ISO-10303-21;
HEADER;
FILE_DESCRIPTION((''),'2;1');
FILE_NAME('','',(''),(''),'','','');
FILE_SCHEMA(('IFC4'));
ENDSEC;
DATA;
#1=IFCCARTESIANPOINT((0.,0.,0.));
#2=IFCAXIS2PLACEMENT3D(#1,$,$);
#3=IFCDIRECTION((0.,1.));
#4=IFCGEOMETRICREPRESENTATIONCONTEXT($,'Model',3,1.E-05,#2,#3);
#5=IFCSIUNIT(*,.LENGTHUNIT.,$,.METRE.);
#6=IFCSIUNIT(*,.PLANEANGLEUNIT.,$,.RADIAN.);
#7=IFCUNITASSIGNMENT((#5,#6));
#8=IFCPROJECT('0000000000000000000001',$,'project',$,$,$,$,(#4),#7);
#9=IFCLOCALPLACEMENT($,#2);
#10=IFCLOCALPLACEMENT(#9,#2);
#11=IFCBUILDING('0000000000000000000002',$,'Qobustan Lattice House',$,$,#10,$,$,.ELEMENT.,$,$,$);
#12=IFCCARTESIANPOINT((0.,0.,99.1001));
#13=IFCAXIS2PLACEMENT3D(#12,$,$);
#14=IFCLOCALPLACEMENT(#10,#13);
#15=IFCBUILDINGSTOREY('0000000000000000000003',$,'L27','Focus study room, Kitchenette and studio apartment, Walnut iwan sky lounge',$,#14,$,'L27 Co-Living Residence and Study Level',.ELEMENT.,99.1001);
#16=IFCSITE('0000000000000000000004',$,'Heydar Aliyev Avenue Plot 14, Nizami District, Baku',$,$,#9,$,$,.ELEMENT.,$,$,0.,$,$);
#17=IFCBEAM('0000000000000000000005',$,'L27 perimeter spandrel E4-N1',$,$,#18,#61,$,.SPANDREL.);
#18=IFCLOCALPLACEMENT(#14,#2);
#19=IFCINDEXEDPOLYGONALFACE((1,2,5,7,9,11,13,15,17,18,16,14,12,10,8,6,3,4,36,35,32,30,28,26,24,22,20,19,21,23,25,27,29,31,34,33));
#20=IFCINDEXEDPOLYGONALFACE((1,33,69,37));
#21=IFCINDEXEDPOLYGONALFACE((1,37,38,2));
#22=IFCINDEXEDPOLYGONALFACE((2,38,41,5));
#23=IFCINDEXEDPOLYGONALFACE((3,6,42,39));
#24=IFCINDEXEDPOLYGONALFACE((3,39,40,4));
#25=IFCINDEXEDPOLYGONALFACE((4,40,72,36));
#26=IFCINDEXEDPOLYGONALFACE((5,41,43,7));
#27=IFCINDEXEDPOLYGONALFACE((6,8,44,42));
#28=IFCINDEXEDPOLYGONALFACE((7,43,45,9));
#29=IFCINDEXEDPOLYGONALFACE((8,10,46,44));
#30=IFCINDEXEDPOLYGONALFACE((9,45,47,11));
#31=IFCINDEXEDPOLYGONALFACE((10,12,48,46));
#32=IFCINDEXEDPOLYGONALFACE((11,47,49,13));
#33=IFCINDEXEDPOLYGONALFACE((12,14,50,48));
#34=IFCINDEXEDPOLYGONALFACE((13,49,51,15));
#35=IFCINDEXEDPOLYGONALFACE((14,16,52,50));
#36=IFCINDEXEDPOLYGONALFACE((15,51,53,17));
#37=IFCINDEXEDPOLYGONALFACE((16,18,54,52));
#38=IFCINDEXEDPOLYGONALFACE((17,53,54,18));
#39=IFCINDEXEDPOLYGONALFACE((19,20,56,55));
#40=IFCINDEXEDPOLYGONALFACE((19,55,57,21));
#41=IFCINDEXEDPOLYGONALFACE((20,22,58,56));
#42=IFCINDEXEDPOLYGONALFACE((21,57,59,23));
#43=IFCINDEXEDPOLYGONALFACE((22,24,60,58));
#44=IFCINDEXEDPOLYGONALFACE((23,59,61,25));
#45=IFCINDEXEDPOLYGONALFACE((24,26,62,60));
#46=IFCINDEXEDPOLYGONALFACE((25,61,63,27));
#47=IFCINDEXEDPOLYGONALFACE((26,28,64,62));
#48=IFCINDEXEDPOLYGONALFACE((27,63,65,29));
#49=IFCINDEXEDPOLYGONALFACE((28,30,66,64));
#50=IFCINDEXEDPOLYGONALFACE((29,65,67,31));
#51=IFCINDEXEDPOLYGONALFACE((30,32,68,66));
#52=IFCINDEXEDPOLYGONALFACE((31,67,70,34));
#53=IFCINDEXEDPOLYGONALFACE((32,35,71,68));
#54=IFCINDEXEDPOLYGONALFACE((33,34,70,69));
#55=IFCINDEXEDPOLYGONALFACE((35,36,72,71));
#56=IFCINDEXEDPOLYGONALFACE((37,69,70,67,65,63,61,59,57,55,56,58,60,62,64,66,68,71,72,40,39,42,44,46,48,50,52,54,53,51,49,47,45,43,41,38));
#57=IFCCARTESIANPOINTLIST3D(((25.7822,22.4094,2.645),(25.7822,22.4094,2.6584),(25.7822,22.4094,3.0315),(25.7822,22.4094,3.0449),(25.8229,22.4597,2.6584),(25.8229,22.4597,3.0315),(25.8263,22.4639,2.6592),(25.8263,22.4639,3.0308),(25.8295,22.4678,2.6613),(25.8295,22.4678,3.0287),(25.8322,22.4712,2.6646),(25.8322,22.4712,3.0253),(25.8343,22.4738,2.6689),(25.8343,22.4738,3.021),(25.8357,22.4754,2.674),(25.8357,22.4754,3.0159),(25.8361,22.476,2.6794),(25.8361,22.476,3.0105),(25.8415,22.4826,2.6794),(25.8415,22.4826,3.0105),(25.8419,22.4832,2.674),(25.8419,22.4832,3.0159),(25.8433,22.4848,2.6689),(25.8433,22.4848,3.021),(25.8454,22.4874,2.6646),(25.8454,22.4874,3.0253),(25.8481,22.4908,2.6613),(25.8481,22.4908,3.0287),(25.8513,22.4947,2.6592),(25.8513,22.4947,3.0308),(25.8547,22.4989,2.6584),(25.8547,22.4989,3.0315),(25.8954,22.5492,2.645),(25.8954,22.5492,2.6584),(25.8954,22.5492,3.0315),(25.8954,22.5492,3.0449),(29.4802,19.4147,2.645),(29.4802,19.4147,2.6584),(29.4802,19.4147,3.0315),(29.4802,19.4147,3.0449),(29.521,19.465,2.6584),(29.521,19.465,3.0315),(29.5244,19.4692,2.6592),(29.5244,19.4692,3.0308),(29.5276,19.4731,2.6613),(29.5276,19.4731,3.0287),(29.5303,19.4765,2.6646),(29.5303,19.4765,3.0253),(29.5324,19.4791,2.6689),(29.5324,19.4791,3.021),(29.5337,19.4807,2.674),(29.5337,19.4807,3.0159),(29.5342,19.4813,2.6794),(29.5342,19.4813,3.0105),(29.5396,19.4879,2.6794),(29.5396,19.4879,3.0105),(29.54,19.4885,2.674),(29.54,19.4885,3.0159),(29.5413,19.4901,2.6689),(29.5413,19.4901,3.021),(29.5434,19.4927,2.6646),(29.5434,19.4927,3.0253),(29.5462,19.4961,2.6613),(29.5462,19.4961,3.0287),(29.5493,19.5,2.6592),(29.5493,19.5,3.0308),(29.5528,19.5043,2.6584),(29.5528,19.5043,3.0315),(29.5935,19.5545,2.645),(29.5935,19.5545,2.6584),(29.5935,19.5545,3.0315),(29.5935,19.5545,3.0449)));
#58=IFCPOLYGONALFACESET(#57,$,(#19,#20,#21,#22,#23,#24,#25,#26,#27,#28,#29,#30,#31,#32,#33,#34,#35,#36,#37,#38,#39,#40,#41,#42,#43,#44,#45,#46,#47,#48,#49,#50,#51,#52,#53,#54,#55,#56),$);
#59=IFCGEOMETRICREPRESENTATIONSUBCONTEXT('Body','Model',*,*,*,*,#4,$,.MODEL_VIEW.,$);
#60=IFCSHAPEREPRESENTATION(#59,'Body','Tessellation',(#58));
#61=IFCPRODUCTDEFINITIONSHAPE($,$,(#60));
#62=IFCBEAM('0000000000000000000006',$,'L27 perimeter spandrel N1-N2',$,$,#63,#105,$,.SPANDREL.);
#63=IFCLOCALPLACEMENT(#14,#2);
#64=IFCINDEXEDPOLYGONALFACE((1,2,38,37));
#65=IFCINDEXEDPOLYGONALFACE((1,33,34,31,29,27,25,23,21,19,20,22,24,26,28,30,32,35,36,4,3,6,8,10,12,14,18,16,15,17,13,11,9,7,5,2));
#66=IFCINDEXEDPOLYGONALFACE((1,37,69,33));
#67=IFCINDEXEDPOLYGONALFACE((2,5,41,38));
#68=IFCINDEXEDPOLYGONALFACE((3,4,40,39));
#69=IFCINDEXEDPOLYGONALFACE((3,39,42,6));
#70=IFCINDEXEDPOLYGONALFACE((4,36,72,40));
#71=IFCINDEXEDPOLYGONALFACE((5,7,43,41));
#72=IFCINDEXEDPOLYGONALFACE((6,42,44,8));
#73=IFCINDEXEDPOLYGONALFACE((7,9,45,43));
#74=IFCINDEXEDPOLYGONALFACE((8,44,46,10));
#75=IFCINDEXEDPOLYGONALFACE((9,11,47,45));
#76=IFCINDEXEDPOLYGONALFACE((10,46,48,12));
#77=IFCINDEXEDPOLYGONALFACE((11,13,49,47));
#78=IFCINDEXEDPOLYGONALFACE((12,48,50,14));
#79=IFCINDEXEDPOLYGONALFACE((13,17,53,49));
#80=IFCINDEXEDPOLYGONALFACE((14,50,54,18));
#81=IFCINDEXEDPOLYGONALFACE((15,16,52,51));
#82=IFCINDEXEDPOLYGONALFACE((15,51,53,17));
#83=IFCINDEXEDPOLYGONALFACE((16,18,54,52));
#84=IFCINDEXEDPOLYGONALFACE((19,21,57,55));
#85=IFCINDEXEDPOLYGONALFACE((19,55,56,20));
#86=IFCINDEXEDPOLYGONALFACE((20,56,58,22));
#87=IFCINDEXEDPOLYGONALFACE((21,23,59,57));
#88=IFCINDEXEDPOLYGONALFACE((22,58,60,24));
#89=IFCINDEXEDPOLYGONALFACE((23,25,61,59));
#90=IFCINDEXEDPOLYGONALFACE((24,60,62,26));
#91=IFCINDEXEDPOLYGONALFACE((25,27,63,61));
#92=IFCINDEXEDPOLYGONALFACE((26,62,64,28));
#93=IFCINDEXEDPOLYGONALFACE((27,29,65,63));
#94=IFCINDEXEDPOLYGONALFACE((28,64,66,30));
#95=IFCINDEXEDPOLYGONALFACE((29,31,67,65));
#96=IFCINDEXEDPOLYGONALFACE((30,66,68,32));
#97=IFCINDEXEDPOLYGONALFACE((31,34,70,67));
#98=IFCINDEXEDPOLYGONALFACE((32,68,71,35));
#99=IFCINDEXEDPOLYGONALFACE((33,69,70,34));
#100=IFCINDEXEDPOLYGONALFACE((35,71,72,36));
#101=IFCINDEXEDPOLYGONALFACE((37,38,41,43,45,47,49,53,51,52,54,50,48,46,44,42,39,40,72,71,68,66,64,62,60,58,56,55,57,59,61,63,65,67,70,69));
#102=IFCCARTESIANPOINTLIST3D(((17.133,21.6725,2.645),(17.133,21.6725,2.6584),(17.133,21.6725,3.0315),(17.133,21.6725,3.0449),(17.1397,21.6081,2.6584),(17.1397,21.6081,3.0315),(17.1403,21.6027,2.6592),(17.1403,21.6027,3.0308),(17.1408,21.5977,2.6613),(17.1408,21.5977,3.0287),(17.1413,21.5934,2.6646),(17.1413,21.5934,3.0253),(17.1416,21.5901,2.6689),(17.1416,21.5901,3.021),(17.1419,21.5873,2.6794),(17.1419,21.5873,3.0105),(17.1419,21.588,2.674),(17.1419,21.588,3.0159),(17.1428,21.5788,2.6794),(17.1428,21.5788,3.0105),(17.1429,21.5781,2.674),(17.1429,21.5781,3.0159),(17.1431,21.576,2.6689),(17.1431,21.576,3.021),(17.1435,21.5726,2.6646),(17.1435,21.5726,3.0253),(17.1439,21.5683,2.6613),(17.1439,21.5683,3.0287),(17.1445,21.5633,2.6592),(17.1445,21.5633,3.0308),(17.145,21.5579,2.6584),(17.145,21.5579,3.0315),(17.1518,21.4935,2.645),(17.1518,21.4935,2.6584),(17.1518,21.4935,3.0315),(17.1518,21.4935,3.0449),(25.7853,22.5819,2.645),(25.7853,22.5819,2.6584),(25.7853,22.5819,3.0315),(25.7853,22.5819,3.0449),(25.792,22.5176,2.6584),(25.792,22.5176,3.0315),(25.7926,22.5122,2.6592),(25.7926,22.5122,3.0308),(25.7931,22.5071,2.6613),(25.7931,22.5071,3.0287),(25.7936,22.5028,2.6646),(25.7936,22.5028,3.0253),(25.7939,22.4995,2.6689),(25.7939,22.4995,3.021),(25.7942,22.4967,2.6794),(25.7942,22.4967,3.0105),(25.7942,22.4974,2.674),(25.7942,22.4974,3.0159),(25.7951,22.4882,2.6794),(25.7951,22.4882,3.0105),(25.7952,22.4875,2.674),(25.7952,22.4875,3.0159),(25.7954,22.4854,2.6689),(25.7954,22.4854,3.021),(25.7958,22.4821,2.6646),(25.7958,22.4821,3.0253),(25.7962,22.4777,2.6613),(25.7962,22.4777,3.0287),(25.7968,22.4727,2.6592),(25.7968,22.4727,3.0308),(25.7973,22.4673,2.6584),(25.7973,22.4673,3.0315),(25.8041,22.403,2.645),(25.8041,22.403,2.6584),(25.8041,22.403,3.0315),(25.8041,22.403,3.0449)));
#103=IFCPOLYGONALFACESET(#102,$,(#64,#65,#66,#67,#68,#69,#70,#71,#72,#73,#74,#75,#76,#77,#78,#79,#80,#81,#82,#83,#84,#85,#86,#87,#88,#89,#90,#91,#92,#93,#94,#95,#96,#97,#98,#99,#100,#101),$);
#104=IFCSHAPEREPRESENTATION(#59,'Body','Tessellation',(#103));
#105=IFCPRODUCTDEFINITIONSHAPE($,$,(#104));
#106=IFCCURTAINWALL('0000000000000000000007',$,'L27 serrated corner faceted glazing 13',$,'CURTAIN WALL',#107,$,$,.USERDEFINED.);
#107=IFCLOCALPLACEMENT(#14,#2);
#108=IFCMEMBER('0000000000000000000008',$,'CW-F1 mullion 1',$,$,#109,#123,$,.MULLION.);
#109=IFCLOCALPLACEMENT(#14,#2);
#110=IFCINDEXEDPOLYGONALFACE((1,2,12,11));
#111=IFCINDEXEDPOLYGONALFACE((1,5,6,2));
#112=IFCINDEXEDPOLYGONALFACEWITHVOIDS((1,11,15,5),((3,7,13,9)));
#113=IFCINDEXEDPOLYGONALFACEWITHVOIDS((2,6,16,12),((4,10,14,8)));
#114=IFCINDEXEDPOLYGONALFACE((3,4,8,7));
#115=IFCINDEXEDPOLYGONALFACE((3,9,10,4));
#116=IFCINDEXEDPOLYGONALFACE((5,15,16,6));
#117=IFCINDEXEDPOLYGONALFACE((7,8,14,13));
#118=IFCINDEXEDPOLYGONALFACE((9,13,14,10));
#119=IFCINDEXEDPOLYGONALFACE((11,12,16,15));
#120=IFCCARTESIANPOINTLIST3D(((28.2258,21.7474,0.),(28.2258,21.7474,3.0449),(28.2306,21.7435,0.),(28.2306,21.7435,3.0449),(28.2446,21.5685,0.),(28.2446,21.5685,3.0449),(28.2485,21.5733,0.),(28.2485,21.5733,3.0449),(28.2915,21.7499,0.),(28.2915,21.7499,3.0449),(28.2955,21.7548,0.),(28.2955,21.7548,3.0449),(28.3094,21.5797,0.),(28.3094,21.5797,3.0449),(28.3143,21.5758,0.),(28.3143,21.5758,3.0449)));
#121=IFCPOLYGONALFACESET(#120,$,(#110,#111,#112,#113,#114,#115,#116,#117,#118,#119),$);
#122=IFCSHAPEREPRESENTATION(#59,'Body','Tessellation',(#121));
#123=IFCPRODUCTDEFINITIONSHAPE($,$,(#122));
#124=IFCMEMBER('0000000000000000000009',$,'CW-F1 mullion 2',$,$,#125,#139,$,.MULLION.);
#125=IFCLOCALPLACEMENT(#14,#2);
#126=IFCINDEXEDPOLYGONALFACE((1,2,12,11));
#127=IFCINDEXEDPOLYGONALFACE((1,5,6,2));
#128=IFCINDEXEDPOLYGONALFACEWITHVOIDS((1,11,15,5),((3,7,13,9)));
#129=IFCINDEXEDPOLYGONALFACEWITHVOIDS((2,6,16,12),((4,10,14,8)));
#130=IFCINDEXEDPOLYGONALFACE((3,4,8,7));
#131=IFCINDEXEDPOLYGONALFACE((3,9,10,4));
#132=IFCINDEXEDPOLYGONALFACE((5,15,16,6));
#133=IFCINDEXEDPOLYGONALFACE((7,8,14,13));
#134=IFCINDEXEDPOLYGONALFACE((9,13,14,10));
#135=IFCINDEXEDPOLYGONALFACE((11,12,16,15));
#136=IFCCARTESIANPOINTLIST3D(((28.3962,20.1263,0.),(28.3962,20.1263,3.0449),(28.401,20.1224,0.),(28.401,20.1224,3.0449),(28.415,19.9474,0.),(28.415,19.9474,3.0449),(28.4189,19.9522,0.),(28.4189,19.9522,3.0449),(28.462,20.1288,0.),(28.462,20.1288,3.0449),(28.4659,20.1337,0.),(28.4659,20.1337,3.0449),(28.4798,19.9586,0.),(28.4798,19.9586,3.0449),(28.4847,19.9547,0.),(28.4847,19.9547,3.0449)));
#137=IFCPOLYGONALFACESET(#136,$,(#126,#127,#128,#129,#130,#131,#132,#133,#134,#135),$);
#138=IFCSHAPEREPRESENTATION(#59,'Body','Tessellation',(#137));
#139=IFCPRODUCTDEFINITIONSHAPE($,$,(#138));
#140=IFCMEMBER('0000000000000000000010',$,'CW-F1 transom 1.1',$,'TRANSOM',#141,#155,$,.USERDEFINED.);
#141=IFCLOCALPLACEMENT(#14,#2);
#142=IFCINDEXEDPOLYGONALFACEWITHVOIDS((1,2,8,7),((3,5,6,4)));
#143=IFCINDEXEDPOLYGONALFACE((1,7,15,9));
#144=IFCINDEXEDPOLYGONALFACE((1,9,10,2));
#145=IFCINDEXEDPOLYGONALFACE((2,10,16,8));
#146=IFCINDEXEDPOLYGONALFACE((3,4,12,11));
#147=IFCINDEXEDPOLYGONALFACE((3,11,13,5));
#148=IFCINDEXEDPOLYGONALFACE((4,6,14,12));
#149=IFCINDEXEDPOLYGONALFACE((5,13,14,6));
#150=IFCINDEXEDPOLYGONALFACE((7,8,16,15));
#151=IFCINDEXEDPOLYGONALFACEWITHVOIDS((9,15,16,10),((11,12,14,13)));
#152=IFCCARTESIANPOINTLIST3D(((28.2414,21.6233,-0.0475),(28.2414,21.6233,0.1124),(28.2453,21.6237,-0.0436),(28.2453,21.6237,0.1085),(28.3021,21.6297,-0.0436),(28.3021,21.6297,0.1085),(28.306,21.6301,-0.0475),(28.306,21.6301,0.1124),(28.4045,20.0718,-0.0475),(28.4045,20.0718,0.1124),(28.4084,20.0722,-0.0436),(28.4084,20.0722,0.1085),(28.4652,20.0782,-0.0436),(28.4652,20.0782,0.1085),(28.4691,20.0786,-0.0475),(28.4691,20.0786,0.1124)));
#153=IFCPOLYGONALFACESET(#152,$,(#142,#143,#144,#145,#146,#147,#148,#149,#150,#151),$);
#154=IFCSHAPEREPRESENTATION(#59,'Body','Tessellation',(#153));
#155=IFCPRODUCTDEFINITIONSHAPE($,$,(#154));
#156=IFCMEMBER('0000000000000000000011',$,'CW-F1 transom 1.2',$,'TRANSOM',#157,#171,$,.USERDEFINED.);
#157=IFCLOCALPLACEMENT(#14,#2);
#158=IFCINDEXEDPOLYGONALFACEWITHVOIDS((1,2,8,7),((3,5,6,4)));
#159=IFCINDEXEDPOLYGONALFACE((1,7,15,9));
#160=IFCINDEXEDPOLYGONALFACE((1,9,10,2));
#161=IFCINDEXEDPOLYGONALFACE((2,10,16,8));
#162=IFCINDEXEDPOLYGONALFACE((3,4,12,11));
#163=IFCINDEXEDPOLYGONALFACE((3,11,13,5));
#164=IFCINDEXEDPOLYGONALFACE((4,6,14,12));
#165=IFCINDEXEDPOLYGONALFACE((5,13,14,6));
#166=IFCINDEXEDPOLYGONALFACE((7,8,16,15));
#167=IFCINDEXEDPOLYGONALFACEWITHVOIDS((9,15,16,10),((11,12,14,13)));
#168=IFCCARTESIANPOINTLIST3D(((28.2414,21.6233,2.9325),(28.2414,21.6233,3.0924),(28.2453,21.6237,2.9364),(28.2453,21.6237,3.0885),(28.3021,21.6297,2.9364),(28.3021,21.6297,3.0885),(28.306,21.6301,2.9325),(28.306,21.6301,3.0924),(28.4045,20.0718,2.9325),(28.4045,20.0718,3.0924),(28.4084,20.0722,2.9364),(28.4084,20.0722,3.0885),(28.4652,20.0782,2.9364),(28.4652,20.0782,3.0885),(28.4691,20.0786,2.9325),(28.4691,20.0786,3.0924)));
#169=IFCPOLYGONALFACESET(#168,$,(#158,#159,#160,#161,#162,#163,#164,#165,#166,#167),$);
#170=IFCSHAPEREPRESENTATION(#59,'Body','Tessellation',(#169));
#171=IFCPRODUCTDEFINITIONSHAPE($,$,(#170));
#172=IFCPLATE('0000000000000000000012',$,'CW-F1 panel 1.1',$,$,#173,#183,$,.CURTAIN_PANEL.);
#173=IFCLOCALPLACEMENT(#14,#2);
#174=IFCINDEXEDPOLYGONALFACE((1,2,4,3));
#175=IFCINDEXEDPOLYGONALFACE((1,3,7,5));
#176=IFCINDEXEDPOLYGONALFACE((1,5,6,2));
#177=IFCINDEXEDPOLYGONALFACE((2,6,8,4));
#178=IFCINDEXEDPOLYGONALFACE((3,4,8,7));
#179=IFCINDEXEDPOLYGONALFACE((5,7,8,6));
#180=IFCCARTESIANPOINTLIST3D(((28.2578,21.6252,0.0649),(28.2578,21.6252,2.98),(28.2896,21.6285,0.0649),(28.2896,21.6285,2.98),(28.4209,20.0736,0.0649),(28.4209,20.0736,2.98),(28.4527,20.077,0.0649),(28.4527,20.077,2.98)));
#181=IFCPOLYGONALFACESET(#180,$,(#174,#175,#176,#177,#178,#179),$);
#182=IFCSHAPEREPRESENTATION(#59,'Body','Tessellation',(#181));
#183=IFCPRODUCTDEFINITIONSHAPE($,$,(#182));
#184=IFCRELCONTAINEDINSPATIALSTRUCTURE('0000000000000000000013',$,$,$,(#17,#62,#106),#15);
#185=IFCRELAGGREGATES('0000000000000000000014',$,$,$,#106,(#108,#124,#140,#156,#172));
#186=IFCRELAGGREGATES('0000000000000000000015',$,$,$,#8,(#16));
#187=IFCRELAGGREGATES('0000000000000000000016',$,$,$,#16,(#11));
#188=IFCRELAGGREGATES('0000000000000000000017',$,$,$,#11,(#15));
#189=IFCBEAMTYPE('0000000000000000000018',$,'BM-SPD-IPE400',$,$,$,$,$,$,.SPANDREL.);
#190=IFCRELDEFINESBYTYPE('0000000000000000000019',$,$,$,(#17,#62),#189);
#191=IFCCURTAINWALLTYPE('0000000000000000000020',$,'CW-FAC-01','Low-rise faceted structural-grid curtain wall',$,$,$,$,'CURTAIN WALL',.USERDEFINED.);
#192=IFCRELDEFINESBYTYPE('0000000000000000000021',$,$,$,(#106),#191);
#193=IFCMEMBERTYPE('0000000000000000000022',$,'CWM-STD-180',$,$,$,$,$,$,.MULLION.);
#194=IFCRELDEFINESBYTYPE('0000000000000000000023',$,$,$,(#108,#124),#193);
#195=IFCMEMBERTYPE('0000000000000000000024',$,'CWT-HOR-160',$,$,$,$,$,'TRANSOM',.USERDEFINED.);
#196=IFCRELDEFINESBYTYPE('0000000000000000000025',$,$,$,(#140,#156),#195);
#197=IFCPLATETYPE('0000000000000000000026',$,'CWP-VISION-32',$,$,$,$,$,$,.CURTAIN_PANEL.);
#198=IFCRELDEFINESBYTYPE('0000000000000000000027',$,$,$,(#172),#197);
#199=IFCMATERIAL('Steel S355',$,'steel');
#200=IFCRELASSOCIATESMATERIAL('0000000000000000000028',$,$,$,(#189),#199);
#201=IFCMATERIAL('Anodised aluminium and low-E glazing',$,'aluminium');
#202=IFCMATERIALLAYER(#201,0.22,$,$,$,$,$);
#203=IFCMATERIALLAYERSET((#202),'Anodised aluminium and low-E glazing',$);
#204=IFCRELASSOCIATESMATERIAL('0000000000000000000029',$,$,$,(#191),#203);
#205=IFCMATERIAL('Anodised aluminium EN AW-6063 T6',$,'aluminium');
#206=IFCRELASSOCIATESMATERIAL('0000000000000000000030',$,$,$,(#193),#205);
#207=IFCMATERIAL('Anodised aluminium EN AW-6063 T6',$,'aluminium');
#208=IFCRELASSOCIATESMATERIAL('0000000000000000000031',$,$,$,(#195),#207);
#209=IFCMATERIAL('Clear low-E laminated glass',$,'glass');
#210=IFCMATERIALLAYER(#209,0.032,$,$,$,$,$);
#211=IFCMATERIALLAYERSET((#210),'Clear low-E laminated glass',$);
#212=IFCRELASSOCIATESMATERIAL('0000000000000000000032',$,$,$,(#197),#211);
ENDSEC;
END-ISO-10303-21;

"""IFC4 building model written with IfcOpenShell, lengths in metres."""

from ifc_helpers import new_model, si_unit, direction, frame, origin, origin_2d, place, context, subcontext, project, spatial, rectangle, hollow_rectangle, i_section, extrude, material, layer, layer_set, material_profile, profile_set, type_object, element, aggregate, save


model = new_model("IFC4")

# Units and contexts
model_context = context("Model", 3, precision=1e-05, world=origin(), true_north=direction((0.0, 1.0)))
body_context = subcontext(model_context, "Body", "Model", "MODEL_VIEW")
ifc_project = project(units=[si_unit("LENGTHUNIT", "METRE"), si_unit("PLANEANGLEUNIT", "RADIAN")], contexts=[model_context])

# Site, building, storey
site_placement = place(None, origin())
site = spatial("IfcSite", under=ifc_project, at=site_placement, Name="Heydar Aliyev Avenue Plot 14, Nizami District, Baku", CompositionType="ELEMENT", RefElevation=0.0)
building_placement = place(site_placement, origin())
building = spatial("IfcBuilding", under=site, at=building_placement, Name="Qobustan Lattice House", CompositionType="ELEMENT")
storey_placement = place(building_placement, frame((0.0, 0.0, 99.1001)))
storey = spatial("IfcBuildingStorey", under=building, at=storey_placement, Name="L27", Description="Focus study room, Kitchenette and studio apartment, Walnut iwan sky lounge", LongName="L27 Co-Living Residence and Study Level", CompositionType="ELEMENT", Elevation=99.1001)

# Beams
ifc_material_1 = material(Name="Steel S355", Category="steel")
ifc_material_profile_1 = material_profile(ifc_material_1, i_section(OverallWidth=0.1799, OverallDepth=0.3999, WebThickness=0.0085, FlangeThickness=0.0134, FilletRadius=0.021, at=origin_2d()), Name="IPE400")
ifc_profile_set_1 = profile_set([ifc_material_profile_1], Name="Steel S355")
beam_type_1 = type_object("IfcBeamType", Name="BM-SPD-IPE400", PredefinedType="SPANDREL", material=ifc_profile_set_1)
beam_1_placement = place(storey_placement, frame((29.5369, 19.4846, 2.845), z_axis=(-0.777141, 0.629327, 0.0), x_axis=(-0.629327, -0.777141, 0.0)))
element("IfcBeam", 1, at=beam_1_placement, inside=storey, type_object=beam_type_1, Name="L27 perimeter spandrel E4-N1", PredefinedType="SPANDREL", context=body_context, shape_type="SweptSolid", body=[
    extrude(i_section(OverallWidth=0.1799, OverallDepth=0.3999, WebThickness=0.0085, FlangeThickness=0.0134, FilletRadius=0.021, at=origin_2d()), origin(), (0.0, 0.0, 1.0), 4.7585),
])
beam_2_placement = place(storey_placement, frame((25.7947, 22.4924, 2.845), z_axis=(-0.994522, -0.104531, 0.0), x_axis=(0.104531, -0.994522, 0.0)))
element("IfcBeam", 2, at=beam_2_placement, inside=storey, type_object=beam_type_1, Name="L27 perimeter spandrel N1-N2", PredefinedType="SPANDREL", context=body_context, shape_type="SweptSolid", body=[
    extrude(i_section(OverallWidth=0.1799, OverallDepth=0.3999, WebThickness=0.0085, FlangeThickness=0.0134, FilletRadius=0.021, at=origin_2d()), origin(), (0.0, 0.0, 1.0), 8.7),
])

# Curtain wall, members, plate
ifc_material_2 = material(Name="Anodised aluminium and low-E glazing", Category="aluminium")
ifc_layer_1 = layer(ifc_material_2, 0.22)
ifc_layer_set_1 = layer_set([ifc_layer_1], Name="Anodised aluminium and low-E glazing")
curtain_wall_type = type_object("IfcCurtainWallType", Name="CW-FAC-01", Description="Low-rise faceted structural-grid curtain wall", ElementType="CURTAIN WALL", PredefinedType="USERDEFINED", material=ifc_layer_set_1)
curtain_wall_placement = place(storey_placement, origin())
curtain_wall = element("IfcCurtainWall", 3, at=curtain_wall_placement, inside=storey, type_object=curtain_wall_type, Name="L27 serrated corner faceted glazing 13", ObjectType="CURTAIN WALL", PredefinedType="USERDEFINED")
ifc_material_3 = material(Name="Anodised aluminium EN AW-6063 T6", Category="aluminium")
ifc_material_profile_2 = material_profile(ifc_material_3, hollow_rectangle(XDim=0.0701, YDim=0.1799, WallThickness=0.0044, at=origin_2d()), Name="CWM-180x70")
ifc_profile_set_2 = profile_set([ifc_material_profile_2], Name="Anodised aluminium EN AW-6063 T6")
member_type_1 = type_object("IfcMemberType", Name="CWM-STD-180", PredefinedType="MULLION", material=ifc_profile_set_2)
member_1_placement = place(storey_placement, frame((28.27, 21.6616, 0.0), z_axis=(0.0, 0.0, 1.0), x_axis=(0.994522, 0.104529, 0.0)))
member_1 = element("IfcMember", 4, at=member_1_placement, type_object=member_type_1, Name="CW-F1 mullion 1", PredefinedType="MULLION", context=body_context, shape_type="SweptSolid", body=[
    extrude(hollow_rectangle(XDim=0.0701, YDim=0.1799, WallThickness=0.0044, at=origin_2d()), origin(), (0.0, 0.0, 1.0), 3.0449),
])
member_2_placement = place(storey_placement, frame((28.4404, 20.0405, 0.0), z_axis=(0.0, 0.0, 1.0), x_axis=(0.994522, 0.104529, 0.0)))
member_2 = element("IfcMember", 5, at=member_2_placement, type_object=member_type_1, Name="CW-F1 mullion 2", PredefinedType="MULLION", context=body_context, shape_type="SweptSolid", body=[
    extrude(hollow_rectangle(XDim=0.0701, YDim=0.1799, WallThickness=0.0044, at=origin_2d()), origin(), (0.0, 0.0, 1.0), 3.0449),
])
ifc_material_4 = material(Name="Anodised aluminium EN AW-6063 T6", Category="aluminium")
ifc_material_profile_3 = material_profile(ifc_material_4, hollow_rectangle(XDim=0.0649, YDim=0.1599, WallThickness=0.0039, at=origin_2d()), Name="CWT-160x65")
ifc_profile_set_3 = profile_set([ifc_material_profile_3], Name="Anodised aluminium EN AW-6063 T6")
member_type_2 = type_object("IfcMemberType", Name="CWT-HOR-160", ElementType="TRANSOM", PredefinedType="USERDEFINED", material=ifc_profile_set_3)
member_3_placement = place(storey_placement, frame((28.2737, 21.6267, 0.0325), z_axis=(0.104538, -0.994521, 0.0), x_axis=(0.994521, 0.104538, 0.0)))
member_3 = element("IfcMember", 6, at=member_3_placement, type_object=member_type_2, Name="CW-F1 transom 1.1", ObjectType="TRANSOM", PredefinedType="USERDEFINED", context=body_context, shape_type="SweptSolid", body=[
    extrude(hollow_rectangle(XDim=0.0649, YDim=0.1599, WallThickness=0.0039, at=origin_2d()), origin(), (0.0, 0.0, 1.0), 1.5601),
])
member_4_placement = place(storey_placement, frame((28.2737, 21.6267, 3.0125), z_axis=(0.104538, -0.994521, 0.0), x_axis=(0.994521, 0.104538, 0.0)))
member_4 = element("IfcMember", 7, at=member_4_placement, type_object=member_type_2, Name="CW-F1 transom 1.2", ObjectType="TRANSOM", PredefinedType="USERDEFINED", context=body_context, shape_type="SweptSolid", body=[
    extrude(hollow_rectangle(XDim=0.0649, YDim=0.1599, WallThickness=0.0039, at=origin_2d()), origin(), (0.0, 0.0, 1.0), 1.5601),
])
ifc_material_5 = material(Name="Clear low-E laminated glass", Category="glass")
ifc_layer_2 = layer(ifc_material_5, 0.032)
ifc_layer_set_2 = layer_set([ifc_layer_2], Name="Clear low-E laminated glass")
plate_type_1 = type_object("IfcPlateType", Name="CWP-VISION-32", PredefinedType="CURTAIN_PANEL", material=ifc_layer_set_2)
plate_1_placement = place(storey_placement, frame((28.3552, 20.8511, 0.0649), z_axis=(0.0, 0.0, 1.0), x_axis=(0.104529, -0.994522, 0.0)))
plate_1 = element("IfcPlate", 8, at=plate_1_placement, type_object=plate_type_1, Name="CW-F1 panel 1.1", PredefinedType="CURTAIN_PANEL", context=body_context, shape_type="SweptSolid", body=[
    extrude(rectangle(XDim=1.5601, YDim=0.032, at=origin_2d()), origin(), (0.0, 0.0, 1.0), 2.915),
])
aggregate(curtain_wall, [member_1, member_2, member_3, member_4, plate_1])

save(model, "model.ifc")
